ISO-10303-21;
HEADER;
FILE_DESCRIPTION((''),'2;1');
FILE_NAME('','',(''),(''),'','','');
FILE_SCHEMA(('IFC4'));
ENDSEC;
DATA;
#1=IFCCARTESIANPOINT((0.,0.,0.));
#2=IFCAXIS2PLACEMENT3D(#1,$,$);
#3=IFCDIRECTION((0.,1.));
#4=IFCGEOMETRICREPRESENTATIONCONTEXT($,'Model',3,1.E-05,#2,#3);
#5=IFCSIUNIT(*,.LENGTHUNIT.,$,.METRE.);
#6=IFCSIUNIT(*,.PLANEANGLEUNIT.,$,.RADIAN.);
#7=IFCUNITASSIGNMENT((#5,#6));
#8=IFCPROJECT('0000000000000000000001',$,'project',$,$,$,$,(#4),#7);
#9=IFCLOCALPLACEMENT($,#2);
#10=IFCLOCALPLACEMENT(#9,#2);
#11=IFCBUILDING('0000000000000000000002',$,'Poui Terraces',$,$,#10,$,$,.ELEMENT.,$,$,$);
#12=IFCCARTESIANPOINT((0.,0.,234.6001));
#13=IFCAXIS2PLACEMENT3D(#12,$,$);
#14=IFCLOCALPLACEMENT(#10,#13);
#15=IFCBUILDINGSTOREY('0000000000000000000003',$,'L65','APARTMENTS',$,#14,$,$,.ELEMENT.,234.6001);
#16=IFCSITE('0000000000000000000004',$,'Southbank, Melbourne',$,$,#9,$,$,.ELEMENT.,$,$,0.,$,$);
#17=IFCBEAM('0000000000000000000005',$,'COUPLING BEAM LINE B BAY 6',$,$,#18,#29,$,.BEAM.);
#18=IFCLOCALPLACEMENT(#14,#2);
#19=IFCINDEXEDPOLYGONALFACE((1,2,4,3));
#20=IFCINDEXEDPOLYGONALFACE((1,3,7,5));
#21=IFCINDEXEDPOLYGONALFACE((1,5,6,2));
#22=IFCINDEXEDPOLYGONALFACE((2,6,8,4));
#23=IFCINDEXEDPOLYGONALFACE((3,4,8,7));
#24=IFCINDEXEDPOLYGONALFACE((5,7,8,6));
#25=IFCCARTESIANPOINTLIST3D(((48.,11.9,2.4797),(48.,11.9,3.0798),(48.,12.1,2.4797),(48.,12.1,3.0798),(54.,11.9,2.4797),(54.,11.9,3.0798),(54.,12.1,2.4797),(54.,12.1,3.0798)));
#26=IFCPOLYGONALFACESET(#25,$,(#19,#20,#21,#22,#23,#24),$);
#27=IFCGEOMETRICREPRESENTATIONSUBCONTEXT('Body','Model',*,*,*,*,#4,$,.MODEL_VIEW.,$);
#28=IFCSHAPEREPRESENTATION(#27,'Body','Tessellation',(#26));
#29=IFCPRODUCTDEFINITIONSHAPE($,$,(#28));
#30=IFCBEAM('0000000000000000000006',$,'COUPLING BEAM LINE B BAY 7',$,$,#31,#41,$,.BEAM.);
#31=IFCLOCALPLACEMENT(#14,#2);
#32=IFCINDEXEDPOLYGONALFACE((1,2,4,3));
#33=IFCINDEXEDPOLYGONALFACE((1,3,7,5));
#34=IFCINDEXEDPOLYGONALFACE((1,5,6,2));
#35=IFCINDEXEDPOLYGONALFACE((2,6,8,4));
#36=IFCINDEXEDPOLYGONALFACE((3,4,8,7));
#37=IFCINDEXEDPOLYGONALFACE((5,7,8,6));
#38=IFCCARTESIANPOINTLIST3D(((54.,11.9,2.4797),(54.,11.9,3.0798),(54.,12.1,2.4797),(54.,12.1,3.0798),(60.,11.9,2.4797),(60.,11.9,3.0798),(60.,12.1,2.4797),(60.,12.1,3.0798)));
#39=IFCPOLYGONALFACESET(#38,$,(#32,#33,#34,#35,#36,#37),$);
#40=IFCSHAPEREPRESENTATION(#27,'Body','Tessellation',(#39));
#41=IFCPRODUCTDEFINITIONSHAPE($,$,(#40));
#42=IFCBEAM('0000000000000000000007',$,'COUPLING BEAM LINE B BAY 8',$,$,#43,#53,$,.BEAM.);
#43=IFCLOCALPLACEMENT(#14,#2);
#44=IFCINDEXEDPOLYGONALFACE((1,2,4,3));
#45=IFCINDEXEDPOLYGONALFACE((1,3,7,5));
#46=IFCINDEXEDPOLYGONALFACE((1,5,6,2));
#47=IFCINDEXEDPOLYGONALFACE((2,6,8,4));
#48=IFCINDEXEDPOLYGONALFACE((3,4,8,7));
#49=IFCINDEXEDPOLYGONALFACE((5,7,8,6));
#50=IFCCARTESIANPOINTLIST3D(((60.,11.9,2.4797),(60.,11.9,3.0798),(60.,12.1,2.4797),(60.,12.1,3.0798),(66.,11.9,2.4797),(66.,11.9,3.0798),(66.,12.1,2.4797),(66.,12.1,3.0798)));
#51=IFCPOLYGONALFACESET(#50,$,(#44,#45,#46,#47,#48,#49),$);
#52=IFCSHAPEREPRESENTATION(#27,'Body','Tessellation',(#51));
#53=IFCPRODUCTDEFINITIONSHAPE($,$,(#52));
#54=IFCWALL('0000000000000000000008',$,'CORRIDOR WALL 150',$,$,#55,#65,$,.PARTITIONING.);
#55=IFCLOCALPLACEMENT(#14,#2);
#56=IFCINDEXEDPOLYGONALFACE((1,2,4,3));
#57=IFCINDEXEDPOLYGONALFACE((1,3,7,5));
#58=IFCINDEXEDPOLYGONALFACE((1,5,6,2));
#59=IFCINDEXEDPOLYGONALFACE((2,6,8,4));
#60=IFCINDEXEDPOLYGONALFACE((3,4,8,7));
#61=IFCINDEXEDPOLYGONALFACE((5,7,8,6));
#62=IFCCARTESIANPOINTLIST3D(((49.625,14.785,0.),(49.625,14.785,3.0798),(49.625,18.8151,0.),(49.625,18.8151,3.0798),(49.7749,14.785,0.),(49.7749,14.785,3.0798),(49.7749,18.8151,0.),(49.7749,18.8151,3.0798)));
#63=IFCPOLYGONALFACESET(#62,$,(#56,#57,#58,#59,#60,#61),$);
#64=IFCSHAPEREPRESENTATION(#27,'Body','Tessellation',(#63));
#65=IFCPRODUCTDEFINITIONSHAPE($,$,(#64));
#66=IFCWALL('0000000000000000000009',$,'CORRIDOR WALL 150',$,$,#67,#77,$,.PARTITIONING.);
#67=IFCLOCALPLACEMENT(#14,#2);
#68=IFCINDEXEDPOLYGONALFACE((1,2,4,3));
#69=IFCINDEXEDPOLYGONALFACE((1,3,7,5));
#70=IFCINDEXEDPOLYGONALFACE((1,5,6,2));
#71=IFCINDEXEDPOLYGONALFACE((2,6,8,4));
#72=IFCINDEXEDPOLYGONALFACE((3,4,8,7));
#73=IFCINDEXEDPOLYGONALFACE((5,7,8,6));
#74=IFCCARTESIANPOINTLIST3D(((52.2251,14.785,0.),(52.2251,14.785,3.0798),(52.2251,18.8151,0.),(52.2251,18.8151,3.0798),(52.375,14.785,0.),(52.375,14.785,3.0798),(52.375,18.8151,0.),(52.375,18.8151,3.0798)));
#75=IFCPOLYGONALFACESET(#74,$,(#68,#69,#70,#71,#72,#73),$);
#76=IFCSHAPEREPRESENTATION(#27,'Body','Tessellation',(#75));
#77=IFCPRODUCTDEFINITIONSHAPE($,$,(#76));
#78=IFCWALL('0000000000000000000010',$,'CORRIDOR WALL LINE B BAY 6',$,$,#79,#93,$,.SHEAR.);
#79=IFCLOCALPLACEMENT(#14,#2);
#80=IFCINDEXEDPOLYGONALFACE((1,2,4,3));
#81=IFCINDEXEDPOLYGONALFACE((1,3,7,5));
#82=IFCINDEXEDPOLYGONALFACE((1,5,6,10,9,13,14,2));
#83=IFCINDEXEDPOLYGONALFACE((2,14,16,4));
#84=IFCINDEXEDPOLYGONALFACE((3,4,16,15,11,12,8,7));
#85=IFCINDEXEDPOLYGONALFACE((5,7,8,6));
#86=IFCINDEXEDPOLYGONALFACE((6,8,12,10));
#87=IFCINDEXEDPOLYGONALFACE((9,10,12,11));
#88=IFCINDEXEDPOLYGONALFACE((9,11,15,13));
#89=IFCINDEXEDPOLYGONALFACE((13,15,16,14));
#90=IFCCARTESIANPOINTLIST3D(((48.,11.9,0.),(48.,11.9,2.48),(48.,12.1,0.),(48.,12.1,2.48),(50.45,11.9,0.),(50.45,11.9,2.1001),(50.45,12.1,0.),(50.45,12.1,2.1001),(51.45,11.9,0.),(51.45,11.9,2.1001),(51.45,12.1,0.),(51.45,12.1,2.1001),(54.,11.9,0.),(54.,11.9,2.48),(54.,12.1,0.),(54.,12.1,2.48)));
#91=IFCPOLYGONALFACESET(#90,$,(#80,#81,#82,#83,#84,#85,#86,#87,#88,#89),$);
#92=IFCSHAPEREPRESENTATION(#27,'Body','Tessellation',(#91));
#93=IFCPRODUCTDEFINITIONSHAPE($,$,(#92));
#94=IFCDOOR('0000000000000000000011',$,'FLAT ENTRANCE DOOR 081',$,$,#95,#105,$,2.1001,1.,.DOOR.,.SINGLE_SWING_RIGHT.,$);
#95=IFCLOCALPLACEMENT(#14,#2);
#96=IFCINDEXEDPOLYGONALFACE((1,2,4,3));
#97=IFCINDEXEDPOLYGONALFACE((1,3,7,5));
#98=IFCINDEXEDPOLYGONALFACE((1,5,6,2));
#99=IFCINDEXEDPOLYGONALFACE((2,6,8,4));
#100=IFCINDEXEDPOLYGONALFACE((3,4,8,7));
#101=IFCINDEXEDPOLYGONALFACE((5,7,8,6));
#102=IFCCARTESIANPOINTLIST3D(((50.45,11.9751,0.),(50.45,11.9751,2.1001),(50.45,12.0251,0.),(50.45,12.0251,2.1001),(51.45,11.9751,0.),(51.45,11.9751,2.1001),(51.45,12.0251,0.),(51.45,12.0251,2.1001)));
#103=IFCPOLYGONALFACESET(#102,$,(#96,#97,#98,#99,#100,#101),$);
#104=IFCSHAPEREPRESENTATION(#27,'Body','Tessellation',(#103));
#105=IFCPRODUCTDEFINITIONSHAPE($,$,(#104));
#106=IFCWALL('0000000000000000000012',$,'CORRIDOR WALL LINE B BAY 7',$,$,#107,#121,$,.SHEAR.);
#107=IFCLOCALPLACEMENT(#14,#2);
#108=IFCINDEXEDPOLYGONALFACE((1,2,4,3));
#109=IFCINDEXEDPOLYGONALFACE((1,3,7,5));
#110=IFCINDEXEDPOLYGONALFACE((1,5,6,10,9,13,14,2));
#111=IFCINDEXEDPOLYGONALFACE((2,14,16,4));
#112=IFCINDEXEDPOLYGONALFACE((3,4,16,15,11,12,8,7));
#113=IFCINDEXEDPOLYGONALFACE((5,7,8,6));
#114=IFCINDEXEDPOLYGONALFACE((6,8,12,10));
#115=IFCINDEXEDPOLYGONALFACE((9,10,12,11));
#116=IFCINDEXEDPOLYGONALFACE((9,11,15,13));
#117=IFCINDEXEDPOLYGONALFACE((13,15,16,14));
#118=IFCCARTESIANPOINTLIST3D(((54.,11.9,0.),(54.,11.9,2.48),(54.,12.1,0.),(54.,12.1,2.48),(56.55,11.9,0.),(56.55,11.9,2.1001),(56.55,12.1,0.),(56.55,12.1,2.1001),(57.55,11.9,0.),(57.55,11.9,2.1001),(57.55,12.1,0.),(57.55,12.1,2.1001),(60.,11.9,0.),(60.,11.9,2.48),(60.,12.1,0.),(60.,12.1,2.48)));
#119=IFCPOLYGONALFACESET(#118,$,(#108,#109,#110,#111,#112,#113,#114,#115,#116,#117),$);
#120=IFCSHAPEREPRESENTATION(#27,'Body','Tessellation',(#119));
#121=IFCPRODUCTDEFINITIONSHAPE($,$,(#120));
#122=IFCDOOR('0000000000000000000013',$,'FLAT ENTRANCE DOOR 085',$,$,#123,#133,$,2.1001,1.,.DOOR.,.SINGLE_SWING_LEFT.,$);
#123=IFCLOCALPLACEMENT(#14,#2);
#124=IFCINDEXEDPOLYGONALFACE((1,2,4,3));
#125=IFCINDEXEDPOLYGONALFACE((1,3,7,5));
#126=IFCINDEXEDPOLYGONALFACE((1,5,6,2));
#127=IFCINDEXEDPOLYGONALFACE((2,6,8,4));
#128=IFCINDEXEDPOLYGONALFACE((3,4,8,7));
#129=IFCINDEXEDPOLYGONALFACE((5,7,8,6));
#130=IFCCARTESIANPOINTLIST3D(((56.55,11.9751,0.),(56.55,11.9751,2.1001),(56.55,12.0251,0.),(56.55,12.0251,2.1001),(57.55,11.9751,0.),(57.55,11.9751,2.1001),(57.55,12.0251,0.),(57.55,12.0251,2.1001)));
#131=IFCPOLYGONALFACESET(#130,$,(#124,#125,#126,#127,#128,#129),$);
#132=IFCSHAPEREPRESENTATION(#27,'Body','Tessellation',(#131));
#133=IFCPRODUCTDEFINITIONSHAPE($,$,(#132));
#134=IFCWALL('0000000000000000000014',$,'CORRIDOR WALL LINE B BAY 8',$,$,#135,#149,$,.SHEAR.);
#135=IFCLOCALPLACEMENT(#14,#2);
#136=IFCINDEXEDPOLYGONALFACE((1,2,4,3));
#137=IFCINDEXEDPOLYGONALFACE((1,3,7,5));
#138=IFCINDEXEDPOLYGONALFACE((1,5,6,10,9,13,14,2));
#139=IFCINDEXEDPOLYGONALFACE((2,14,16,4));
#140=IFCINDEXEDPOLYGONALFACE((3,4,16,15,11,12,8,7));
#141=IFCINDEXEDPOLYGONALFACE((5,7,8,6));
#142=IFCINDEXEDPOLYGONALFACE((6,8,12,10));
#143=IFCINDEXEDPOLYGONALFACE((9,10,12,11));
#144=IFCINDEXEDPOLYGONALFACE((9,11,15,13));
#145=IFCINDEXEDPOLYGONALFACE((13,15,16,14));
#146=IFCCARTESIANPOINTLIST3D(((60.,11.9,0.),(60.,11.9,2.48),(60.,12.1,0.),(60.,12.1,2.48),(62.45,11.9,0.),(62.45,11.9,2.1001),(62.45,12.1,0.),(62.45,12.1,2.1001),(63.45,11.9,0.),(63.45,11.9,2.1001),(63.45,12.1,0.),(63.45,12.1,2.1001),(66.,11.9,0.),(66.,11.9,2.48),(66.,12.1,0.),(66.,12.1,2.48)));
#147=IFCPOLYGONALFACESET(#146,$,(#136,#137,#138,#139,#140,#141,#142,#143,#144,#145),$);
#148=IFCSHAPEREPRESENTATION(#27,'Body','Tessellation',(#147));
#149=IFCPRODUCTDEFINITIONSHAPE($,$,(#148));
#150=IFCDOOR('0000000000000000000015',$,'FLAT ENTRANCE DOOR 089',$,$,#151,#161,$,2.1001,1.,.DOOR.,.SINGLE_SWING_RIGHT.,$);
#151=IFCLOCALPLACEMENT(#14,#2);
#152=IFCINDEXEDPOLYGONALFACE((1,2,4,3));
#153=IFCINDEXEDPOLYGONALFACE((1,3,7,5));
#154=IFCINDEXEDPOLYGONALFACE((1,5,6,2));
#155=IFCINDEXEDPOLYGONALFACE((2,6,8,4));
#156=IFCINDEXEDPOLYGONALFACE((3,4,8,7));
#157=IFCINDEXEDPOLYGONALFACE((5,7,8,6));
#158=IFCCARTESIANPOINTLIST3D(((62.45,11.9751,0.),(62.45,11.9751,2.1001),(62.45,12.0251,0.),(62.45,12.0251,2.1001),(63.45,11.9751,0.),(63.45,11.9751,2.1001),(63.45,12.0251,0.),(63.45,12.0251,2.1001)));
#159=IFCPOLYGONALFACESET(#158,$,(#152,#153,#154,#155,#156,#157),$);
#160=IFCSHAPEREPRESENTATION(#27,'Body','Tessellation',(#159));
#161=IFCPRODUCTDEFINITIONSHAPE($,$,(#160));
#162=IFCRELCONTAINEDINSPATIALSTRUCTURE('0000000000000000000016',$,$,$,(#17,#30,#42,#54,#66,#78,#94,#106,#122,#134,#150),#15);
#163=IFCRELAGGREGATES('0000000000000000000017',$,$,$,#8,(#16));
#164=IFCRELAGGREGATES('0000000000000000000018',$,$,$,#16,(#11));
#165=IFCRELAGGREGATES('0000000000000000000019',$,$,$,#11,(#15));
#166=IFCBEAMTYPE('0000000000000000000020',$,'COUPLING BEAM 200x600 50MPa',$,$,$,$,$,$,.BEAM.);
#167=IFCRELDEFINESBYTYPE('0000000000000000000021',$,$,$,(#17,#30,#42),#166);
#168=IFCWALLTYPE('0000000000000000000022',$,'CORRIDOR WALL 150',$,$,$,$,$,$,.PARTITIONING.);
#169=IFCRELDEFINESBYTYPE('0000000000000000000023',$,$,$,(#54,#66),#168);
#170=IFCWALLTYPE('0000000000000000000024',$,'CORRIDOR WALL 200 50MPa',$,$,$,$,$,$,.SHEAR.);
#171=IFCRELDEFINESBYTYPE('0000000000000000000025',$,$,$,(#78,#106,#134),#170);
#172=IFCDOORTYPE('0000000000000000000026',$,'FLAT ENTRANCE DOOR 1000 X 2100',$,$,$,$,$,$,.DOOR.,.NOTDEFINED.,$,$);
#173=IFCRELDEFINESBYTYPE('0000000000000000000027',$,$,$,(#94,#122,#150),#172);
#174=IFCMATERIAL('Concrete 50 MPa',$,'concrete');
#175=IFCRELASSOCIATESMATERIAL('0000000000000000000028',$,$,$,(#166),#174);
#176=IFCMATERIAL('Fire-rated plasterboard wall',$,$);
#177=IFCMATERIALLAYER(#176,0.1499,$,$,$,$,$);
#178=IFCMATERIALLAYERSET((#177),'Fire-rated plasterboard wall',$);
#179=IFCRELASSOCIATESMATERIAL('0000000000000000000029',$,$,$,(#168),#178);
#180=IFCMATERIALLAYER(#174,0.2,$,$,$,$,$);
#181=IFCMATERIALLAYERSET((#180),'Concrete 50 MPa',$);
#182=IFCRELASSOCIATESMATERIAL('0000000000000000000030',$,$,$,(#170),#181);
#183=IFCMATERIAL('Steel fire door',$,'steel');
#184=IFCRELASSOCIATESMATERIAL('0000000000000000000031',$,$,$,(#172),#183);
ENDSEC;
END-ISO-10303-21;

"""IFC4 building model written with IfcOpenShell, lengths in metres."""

from ifc_helpers import new_model, si_unit, direction, frame, frame_2d, origin, origin_2d, place, context, subcontext, project, spatial, rectangle, extrude, source, transform, mapped, material, layer, layer_set, material_profile, profile_set, type_object, element, fill, save


model = new_model("IFC4")

# Units and contexts
model_context = context("Model", 3, precision=1e-05, world=origin(), true_north=direction((0.0, 1.0)))
body_context = subcontext(model_context, "Body", "Model", "MODEL_VIEW")
ifc_project = project(units=[si_unit("LENGTHUNIT", "METRE"), si_unit("PLANEANGLEUNIT", "RADIAN")], contexts=[model_context])

# Site, building, storey
site_placement = place(None, origin())
site = spatial("IfcSite", under=ifc_project, at=site_placement, Name="Southbank, Melbourne", CompositionType="ELEMENT", RefElevation=0.0)
building_placement = place(site_placement, origin())
building = spatial("IfcBuilding", under=site, at=building_placement, Name="Poui Terraces", CompositionType="ELEMENT")
storey_placement = place(building_placement, frame((0.0, 0.0, 234.6001)))
storey = spatial("IfcBuildingStorey", under=building, at=storey_placement, Name="L65", Description="APARTMENTS", CompositionType="ELEMENT", Elevation=234.6001)

# Beams
ifc_material_1 = material(Name="Concrete 50 MPa", Category="concrete")
ifc_material_profile = material_profile(ifc_material_1, rectangle(XDim=0.2, YDim=0.6001, at=origin_2d()), Name="RC 200x600")
ifc_profile_set = profile_set([ifc_material_profile], Name="Concrete 50 MPa")
beam_type = type_object("IfcBeamType", Name="COUPLING BEAM 200x600 50MPa", PredefinedType="BEAM", material=ifc_profile_set)
shared_shape = source(origin(), body_context, "Body", "SweptSolid", [
    extrude(rectangle(XDim=0.2, YDim=0.6001, at=origin_2d()), origin(), (0.0, 0.0, 1.0), 6.0),
])
for number, where, z_axis, x_axis, name in (
    (1, (48.0, 12.0, 2.7798), (1.0, 0.0, 0.0), (0.0, 1.0, 0.0), "COUPLING BEAM LINE B BAY 6"),
    (2, (54.0, 12.0, 2.7798), (1.0, 0.0, 0.0), (0.0, 1.0, 0.0), "COUPLING BEAM LINE B BAY 7"),
    (3, (60.0, 12.0, 2.7798), (1.0, 0.0, 0.0), (0.0, 1.0, 0.0), "COUPLING BEAM LINE B BAY 8"),
):
    element("IfcBeam", number, at=place(storey_placement, frame(where, z_axis=z_axis, x_axis=x_axis)), inside=storey, type_object=beam_type, Name=name, PredefinedType="BEAM", context=body_context, shape_type="MappedRepresentation", body=[
        mapped(shared_shape, transform((0.0, 0.0, 0.0))),
    ])

# Walls
ifc_material_2 = material(Name="Fire-rated plasterboard wall")
ifc_layer_1 = layer(ifc_material_2, 0.1499)
ifc_layer_set_1 = layer_set([ifc_layer_1], Name="Fire-rated plasterboard wall")
wall_type_1 = type_object("IfcWallType", Name="CORRIDOR WALL 150", PredefinedType="PARTITIONING", material=ifc_layer_set_1)
for number, where, z_axis, x_axis, name in (
    (4, (49.7, 14.7849, 0.0), (0.0, 0.0, 1.0), (0.0, 1.0, 0.0), "CORRIDOR WALL 150"),
    (5, (52.3, 14.7849, 0.0), (0.0, 0.0, 1.0), (0.0, 1.0, 0.0), "CORRIDOR WALL 150"),
):
    element("IfcWall", number, at=place(storey_placement, frame(where, z_axis=z_axis, x_axis=x_axis)), inside=storey, type_object=wall_type_1, Name=name, PredefinedType="PARTITIONING", context=body_context, shape_type="SweptSolid", body=[
        extrude(rectangle(XDim=4.03, YDim=0.1499, at=frame_2d((2.0151, 0.0))), origin(), (0.0, 0.0, 1.0), 3.0798),
    ])

# Walls, openings, doors
ifc_layer_2 = layer(ifc_material_1, 0.2)
ifc_layer_set_2 = layer_set([ifc_layer_2], Name="Concrete 50 MPa")
wall_type_2 = type_object("IfcWallType", Name="CORRIDOR WALL 200 50MPa", PredefinedType="SHEAR", material=ifc_layer_set_2)
wall_1_placement = place(storey_placement, frame((48.0, 12.0, 0.0), z_axis=(0.0, 0.0, 1.0), x_axis=(1.0, 0.0, 0.0)))
wall_1 = element("IfcWall", 6, at=wall_1_placement, inside=storey, type_object=wall_type_2, Name="CORRIDOR WALL LINE B BAY 6", PredefinedType="SHEAR", context=body_context, shape_type="SweptSolid", body=[
    extrude(rectangle(XDim=6.0, YDim=0.2, at=frame_2d((3.0, 0.0))), origin(), (0.0, 0.0, 1.0), 2.48),
])
opening_1_placement = place(wall_1_placement, frame((2.45, 0.0, 0.0)))
opening_1 = element("IfcOpeningElement", 7, at=opening_1_placement, cuts=wall_1, PredefinedType="OPENING", context=body_context, shape_type="SweptSolid", body=[
    extrude(rectangle(XDim=1.0, YDim=2.1001, at=frame_2d((0.5, 1.05))), frame((0.0, 0.1099, 0.0), z_axis=(0.0, -1.0, 0.0), x_axis=(1.0, 0.0, 0.0)), (0.0, 0.0, 1.0), 0.22),
])
ifc_material_3 = material(Name="Steel fire door", Category="steel")
door_type_1 = type_object("IfcDoorType", Name="FLAT ENTRANCE DOOR 1000 X 2100", OperationType="NOTDEFINED", PredefinedType="DOOR", material=ifc_material_3)
door_1_placement = place(opening_1_placement, frame((1.0, 0.0, 0.0), z_axis=(0.0, 0.0, 1.0), x_axis=(-1.0, 0.0, 0.0)))
door_1 = element("IfcDoor", 8, at=door_1_placement, inside=storey, type_object=door_type_1, Name="FLAT ENTRANCE DOOR 081", OperationType="SINGLE_SWING_RIGHT", OverallHeight=2.1001, OverallWidth=1.0, PredefinedType="DOOR", context=body_context, shape_type="SweptSolid", body=[
    extrude(rectangle(XDim=1.0, YDim=2.1001, at=frame_2d((0.5, 1.05))), frame((0.0, 0.0249, 0.0), z_axis=(0.0, -1.0, 0.0), x_axis=(1.0, 0.0, 0.0)), (0.0, 0.0, 1.0), 0.05),
])
fill(opening_1, door_1)
wall_2_placement = place(storey_placement, frame((54.0, 12.0, 0.0), z_axis=(0.0, 0.0, 1.0), x_axis=(1.0, 0.0, 0.0)))
wall_2 = element("IfcWall", 9, at=wall_2_placement, inside=storey, type_object=wall_type_2, Name="CORRIDOR WALL LINE B BAY 7", PredefinedType="SHEAR", context=body_context, shape_type="SweptSolid", body=[
    extrude(rectangle(XDim=6.0, YDim=0.2, at=frame_2d((3.0, 0.0))), origin(), (0.0, 0.0, 1.0), 2.48),
])
opening_2_placement = place(wall_2_placement, frame((2.55, 0.0, 0.0)))
opening_2 = element("IfcOpeningElement", 10, at=opening_2_placement, cuts=wall_2, PredefinedType="OPENING", context=body_context, shape_type="SweptSolid", body=[
    extrude(rectangle(XDim=1.0, YDim=2.1001, at=frame_2d((0.5, 1.05))), frame((0.0, 0.1099, 0.0), z_axis=(0.0, -1.0, 0.0), x_axis=(1.0, 0.0, 0.0)), (0.0, 0.0, 1.0), 0.22),
])
door_2_placement = place(opening_2_placement, frame((1.0, 0.0, 0.0), z_axis=(0.0, 0.0, 1.0), x_axis=(-1.0, 0.0, 0.0)))
door_2 = element("IfcDoor", 11, at=door_2_placement, inside=storey, type_object=door_type_1, Name="FLAT ENTRANCE DOOR 085", OperationType="SINGLE_SWING_LEFT", OverallHeight=2.1001, OverallWidth=1.0, PredefinedType="DOOR", context=body_context, shape_type="SweptSolid", body=[
    extrude(rectangle(XDim=1.0, YDim=2.1001, at=frame_2d((0.5, 1.05))), frame((0.0, 0.0249, 0.0), z_axis=(0.0, -1.0, 0.0), x_axis=(1.0, 0.0, 0.0)), (0.0, 0.0, 1.0), 0.05),
])
fill(opening_2, door_2)
wall_3_placement = place(storey_placement, frame((60.0, 12.0, 0.0), z_axis=(0.0, 0.0, 1.0), x_axis=(1.0, 0.0, 0.0)))
wall_3 = element("IfcWall", 12, at=wall_3_placement, inside=storey, type_object=wall_type_2, Name="CORRIDOR WALL LINE B BAY 8", PredefinedType="SHEAR", context=body_context, shape_type="SweptSolid", body=[
    extrude(rectangle(XDim=6.0, YDim=0.2, at=frame_2d((3.0, 0.0))), origin(), (0.0, 0.0, 1.0), 2.48),
])
opening_3_placement = place(wall_3_placement, frame((2.45, 0.0, 0.0)))
opening_3 = element("IfcOpeningElement", 13, at=opening_3_placement, cuts=wall_3, PredefinedType="OPENING", context=body_context, shape_type="SweptSolid", body=[
    extrude(rectangle(XDim=1.0, YDim=2.1001, at=frame_2d((0.5, 1.05))), frame((0.0, 0.1099, 0.0), z_axis=(0.0, -1.0, 0.0), x_axis=(1.0, 0.0, 0.0)), (0.0, 0.0, 1.0), 0.22),
])
door_3_placement = place(opening_3_placement, frame((1.0, 0.0, 0.0), z_axis=(0.0, 0.0, 1.0), x_axis=(-1.0, 0.0, 0.0)))
door_3 = element("IfcDoor", 14, at=door_3_placement, inside=storey, type_object=door_type_1, Name="FLAT ENTRANCE DOOR 089", OperationType="SINGLE_SWING_RIGHT", OverallHeight=2.1001, OverallWidth=1.0, PredefinedType="DOOR", context=body_context, shape_type="SweptSolid", body=[
    extrude(rectangle(XDim=1.0, YDim=2.1001, at=frame_2d((0.5, 1.05))), frame((0.0, 0.0249, 0.0), z_axis=(0.0, -1.0, 0.0), x_axis=(1.0, 0.0, 0.0)), (0.0, 0.0, 1.0), 0.05),
])
fill(opening_3, door_3)

save(model, "model.ifc")
